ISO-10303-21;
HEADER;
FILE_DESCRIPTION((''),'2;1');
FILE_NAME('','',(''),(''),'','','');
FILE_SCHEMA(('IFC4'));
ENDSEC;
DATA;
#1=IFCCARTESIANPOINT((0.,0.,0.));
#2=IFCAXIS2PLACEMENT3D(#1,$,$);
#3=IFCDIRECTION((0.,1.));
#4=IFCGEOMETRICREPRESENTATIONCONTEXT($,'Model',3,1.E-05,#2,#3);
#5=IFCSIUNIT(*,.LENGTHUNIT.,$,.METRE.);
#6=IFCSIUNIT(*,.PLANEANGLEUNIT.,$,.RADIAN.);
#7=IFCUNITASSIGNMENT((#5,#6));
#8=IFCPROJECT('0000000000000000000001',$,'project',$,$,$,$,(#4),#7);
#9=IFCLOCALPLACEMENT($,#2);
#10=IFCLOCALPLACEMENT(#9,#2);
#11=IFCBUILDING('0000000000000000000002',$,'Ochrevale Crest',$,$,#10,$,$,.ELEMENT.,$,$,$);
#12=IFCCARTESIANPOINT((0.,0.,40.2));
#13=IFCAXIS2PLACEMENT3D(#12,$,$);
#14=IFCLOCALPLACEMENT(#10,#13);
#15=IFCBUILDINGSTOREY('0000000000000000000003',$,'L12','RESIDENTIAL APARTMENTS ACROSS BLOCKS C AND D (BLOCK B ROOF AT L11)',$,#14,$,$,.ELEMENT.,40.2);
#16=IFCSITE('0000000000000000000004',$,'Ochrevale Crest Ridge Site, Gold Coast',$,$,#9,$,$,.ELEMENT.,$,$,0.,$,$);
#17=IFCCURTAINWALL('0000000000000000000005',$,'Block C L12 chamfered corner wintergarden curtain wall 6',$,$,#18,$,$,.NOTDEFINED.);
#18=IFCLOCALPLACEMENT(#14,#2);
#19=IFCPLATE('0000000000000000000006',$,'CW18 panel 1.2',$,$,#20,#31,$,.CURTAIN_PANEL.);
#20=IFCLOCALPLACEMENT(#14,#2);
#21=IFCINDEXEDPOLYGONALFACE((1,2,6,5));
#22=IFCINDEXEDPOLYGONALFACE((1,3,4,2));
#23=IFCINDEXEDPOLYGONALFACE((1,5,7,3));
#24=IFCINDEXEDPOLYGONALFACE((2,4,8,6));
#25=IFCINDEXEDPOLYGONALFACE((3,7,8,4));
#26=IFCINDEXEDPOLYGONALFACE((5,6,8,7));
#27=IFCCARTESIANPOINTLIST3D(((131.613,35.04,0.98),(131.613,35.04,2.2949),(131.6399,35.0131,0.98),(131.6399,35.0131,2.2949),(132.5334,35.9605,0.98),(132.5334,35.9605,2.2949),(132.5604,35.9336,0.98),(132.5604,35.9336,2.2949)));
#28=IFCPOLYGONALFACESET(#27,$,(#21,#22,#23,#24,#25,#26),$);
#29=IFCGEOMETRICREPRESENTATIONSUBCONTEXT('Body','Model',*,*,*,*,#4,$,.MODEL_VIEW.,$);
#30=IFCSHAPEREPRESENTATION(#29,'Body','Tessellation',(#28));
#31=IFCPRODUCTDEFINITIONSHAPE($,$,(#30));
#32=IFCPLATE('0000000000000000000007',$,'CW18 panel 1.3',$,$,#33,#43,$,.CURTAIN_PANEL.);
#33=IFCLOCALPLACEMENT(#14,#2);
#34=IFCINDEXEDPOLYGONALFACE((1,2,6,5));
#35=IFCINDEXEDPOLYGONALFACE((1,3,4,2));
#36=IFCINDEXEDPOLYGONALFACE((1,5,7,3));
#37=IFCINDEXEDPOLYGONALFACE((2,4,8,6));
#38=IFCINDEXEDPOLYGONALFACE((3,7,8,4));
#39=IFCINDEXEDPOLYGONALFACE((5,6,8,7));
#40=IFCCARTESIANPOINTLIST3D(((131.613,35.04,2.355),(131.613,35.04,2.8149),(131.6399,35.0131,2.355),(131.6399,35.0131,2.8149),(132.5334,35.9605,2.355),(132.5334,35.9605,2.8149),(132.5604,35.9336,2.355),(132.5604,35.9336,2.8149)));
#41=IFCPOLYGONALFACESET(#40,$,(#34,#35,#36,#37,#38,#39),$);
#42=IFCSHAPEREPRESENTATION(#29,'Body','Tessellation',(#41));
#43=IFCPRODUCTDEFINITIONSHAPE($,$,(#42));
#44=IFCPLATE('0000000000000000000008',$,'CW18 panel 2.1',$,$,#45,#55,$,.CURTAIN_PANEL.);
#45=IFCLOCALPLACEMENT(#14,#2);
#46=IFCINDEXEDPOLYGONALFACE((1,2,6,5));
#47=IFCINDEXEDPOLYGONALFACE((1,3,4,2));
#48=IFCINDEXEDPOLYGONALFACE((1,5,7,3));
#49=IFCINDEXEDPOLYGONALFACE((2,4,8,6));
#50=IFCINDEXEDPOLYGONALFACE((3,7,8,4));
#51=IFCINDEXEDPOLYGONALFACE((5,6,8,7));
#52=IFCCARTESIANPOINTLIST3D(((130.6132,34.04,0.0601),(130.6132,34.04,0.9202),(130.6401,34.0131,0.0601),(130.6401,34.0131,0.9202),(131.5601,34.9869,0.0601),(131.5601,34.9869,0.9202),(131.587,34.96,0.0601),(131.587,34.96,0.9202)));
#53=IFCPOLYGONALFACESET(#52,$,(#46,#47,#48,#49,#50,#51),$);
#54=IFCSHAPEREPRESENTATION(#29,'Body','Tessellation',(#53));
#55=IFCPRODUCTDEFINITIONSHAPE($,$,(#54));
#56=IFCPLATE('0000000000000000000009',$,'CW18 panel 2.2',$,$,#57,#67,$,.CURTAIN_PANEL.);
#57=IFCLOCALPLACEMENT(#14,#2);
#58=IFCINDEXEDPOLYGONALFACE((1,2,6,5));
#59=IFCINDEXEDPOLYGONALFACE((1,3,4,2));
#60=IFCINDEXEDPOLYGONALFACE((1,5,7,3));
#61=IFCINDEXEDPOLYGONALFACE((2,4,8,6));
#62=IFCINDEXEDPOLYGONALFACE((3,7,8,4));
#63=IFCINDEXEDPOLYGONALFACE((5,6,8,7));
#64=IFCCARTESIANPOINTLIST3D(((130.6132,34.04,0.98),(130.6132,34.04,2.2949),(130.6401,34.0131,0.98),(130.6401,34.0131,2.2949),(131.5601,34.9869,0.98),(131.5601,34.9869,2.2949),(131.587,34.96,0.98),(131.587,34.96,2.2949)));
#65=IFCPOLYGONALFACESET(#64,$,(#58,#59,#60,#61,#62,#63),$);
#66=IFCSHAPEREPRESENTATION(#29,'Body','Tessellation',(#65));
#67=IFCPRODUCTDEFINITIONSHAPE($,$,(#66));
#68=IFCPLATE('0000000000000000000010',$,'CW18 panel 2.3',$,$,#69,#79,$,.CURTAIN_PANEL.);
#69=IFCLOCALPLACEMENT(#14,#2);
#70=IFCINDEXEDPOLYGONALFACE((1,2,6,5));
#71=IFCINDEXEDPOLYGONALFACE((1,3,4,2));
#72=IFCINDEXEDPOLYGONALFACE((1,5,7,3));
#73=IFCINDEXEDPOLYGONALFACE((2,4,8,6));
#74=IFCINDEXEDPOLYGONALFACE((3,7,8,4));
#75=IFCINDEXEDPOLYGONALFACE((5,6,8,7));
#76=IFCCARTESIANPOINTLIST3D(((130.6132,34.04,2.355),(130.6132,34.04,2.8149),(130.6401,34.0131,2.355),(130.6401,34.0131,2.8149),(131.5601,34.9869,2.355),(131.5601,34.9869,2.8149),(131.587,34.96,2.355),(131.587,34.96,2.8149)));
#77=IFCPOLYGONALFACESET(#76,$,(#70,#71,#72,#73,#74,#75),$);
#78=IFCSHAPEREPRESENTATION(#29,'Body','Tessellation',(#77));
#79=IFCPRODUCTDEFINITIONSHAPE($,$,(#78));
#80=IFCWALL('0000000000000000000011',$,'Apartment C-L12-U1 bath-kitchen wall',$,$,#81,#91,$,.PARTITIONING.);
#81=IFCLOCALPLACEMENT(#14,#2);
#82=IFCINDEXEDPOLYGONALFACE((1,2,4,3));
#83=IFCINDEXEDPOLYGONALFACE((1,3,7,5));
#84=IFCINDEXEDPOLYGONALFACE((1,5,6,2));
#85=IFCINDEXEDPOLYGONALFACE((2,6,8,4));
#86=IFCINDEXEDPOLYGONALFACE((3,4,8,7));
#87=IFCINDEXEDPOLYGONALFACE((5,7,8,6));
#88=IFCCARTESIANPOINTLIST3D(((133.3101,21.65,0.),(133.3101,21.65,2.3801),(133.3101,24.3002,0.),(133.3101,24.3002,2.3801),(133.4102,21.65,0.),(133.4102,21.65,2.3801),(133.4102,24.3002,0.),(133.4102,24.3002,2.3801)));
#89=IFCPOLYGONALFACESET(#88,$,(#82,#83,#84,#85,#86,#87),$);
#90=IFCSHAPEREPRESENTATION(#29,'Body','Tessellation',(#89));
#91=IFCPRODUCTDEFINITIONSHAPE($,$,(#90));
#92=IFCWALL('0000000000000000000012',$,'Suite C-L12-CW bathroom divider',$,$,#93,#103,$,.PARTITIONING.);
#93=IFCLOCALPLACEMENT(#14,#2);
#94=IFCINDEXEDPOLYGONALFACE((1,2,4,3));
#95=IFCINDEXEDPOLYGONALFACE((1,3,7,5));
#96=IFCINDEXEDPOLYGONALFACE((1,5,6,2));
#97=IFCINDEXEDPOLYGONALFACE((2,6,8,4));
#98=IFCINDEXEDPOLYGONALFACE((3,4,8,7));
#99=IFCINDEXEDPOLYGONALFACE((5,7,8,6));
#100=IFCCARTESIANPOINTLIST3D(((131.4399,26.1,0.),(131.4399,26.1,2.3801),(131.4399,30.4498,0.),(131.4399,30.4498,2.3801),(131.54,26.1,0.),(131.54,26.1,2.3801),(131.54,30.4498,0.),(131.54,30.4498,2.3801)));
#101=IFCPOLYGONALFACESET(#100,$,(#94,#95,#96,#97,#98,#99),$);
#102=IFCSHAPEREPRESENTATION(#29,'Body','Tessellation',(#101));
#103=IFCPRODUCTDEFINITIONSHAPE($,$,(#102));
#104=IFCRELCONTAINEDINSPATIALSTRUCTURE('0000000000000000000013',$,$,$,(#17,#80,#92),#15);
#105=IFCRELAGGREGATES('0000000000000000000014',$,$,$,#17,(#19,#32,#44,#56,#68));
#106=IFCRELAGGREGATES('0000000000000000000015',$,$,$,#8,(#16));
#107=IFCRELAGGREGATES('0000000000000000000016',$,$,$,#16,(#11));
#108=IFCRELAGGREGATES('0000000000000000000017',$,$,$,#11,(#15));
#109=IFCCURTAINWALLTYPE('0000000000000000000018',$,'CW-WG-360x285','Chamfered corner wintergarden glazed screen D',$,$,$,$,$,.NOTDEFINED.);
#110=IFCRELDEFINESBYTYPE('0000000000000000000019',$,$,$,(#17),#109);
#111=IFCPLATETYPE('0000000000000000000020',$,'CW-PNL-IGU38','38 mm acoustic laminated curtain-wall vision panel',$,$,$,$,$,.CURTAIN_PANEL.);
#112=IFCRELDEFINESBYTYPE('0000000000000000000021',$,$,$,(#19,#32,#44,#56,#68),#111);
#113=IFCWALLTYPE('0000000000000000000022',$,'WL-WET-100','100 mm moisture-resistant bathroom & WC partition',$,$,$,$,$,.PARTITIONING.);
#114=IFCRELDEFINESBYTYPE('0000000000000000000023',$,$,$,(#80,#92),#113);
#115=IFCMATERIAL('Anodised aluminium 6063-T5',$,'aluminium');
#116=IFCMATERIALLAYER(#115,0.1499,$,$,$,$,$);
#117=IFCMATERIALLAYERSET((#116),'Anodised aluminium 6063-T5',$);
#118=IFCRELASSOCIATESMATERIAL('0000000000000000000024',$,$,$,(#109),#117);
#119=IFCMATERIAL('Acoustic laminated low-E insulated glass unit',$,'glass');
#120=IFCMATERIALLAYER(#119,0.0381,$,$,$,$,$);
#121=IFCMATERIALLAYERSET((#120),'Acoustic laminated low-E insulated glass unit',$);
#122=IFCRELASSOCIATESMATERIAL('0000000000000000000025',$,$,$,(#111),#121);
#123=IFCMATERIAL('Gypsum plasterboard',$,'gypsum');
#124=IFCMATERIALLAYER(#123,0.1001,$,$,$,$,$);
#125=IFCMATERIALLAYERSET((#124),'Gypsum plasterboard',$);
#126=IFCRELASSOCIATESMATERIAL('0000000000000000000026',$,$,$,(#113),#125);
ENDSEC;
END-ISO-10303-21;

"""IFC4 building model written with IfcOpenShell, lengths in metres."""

from ifc_helpers import new_model, si_unit, direction, frame, frame_2d, origin, origin_2d, place, context, subcontext, project, spatial, rectangle, extrude, material, layer, layer_set, type_object, element, aggregate, save


model = new_model("IFC4")

# Units and contexts
model_context = context("Model", 3, precision=1e-05, world=origin(), true_north=direction((0.0, 1.0)))
body_context = subcontext(model_context, "Body", "Model", "MODEL_VIEW")
ifc_project = project(units=[si_unit("LENGTHUNIT", "METRE"), si_unit("PLANEANGLEUNIT", "RADIAN")], contexts=[model_context])

# Site, building, storey
site_placement = place(None, origin())
site = spatial("IfcSite", under=ifc_project, at=site_placement, Name="Ochrevale Crest Ridge Site, Gold Coast", CompositionType="ELEMENT", RefElevation=0.0)
building_placement = place(site_placement, origin())
building = spatial("IfcBuilding", under=site, at=building_placement, Name="Ochrevale Crest", CompositionType="ELEMENT")
storey_placement = place(building_placement, frame((0.0, 0.0, 40.2)))
storey = spatial("IfcBuildingStorey", under=building, at=storey_placement, Name="L12", Description="RESIDENTIAL APARTMENTS ACROSS BLOCKS C AND D (BLOCK B ROOF AT L11)", CompositionType="ELEMENT", Elevation=40.2)

# Curtain wall
ifc_material_1 = material(Name="Anodised aluminium 6063-T5", Category="aluminium")
ifc_layer_1 = layer(ifc_material_1, 0.1499)
ifc_layer_set_1 = layer_set([ifc_layer_1], Name="Anodised aluminium 6063-T5")
curtain_wall_type_1 = type_object("IfcCurtainWallType", Name="CW-WG-360x285", Description="Chamfered corner wintergarden glazed screen D", PredefinedType="NOTDEFINED", material=ifc_layer_set_1)
curtain_wall_1_placement = place(storey_placement, origin())
curtain_wall_1 = element("IfcCurtainWall", 1, at=curtain_wall_1_placement, inside=storey, type_object=curtain_wall_type_1, Name="Block C L12 chamfered corner wintergarden curtain wall 6", PredefinedType="NOTDEFINED")

# Plates
ifc_material_2 = material(Name="Acoustic laminated low-E insulated glass unit", Category="glass")
ifc_layer_2 = layer(ifc_material_2, 0.0381)
ifc_layer_set_2 = layer_set([ifc_layer_2], Name="Acoustic laminated low-E insulated glass unit")
plate_type = type_object("IfcPlateType", Name="CW-PNL-IGU38", Description="38 mm acoustic laminated curtain-wall vision panel", PredefinedType="CURTAIN_PANEL", material=ifc_layer_set_2)
plate_1_placement = place(storey_placement, frame((132.0867, 35.4868, 0.98), z_axis=(0.0, 0.0, 1.0), x_axis=(-0.707107, -0.707107, 0.0)))
plate_1 = element("IfcPlate", 2, at=plate_1_placement, type_object=plate_type, Name="CW18 panel 1.2", PredefinedType="CURTAIN_PANEL", context=body_context, shape_type="SweptSolid", body=[
    extrude(rectangle(XDim=1.3018, YDim=0.0381, at=origin_2d()), origin(), (0.0, 0.0, 1.0), 1.3149),
])
plate_2_placement = place(storey_placement, frame((132.0867, 35.4868, 2.355), z_axis=(0.0, 0.0, 1.0), x_axis=(-0.707107, -0.707107, 0.0)))
plate_2 = element("IfcPlate", 3, at=plate_2_placement, type_object=plate_type, Name="CW18 panel 1.3", PredefinedType="CURTAIN_PANEL", context=body_context, shape_type="SweptSolid", body=[
    extrude(rectangle(XDim=1.3018, YDim=0.0381, at=origin_2d()), origin(), (0.0, 0.0, 1.0), 0.46),
])
plate_3_placement = place(storey_placement, frame((131.1001, 34.5, 0.0601), z_axis=(0.0, 0.0, 1.0), x_axis=(-0.707107, -0.707107, 0.0)))
plate_3 = element("IfcPlate", 4, at=plate_3_placement, type_object=plate_type, Name="CW18 panel 2.1", PredefinedType="CURTAIN_PANEL", context=body_context, shape_type="SweptSolid", body=[
    extrude(rectangle(XDim=1.3391, YDim=0.0381, at=origin_2d()), origin(), (0.0, 0.0, 1.0), 0.8601),
])
plate_4_placement = place(storey_placement, frame((131.1001, 34.5, 0.98), z_axis=(0.0, 0.0, 1.0), x_axis=(-0.707107, -0.707107, 0.0)))
plate_4 = element("IfcPlate", 5, at=plate_4_placement, type_object=plate_type, Name="CW18 panel 2.2", PredefinedType="CURTAIN_PANEL", context=body_context, shape_type="SweptSolid", body=[
    extrude(rectangle(XDim=1.3391, YDim=0.0381, at=origin_2d()), origin(), (0.0, 0.0, 1.0), 1.3149),
])
plate_5_placement = place(storey_placement, frame((131.1001, 34.5, 2.355), z_axis=(0.0, 0.0, 1.0), x_axis=(-0.707107, -0.707107, 0.0)))
plate_5 = element("IfcPlate", 6, at=plate_5_placement, type_object=plate_type, Name="CW18 panel 2.3", PredefinedType="CURTAIN_PANEL", context=body_context, shape_type="SweptSolid", body=[
    extrude(rectangle(XDim=1.3391, YDim=0.0381, at=origin_2d()), origin(), (0.0, 0.0, 1.0), 0.46),
])
aggregate(curtain_wall_1, [plate_1, plate_2, plate_3, plate_4, plate_5])

# Walls
ifc_material_3 = material(Name="Gypsum plasterboard", Category="gypsum")
ifc_layer_3 = layer(ifc_material_3, 0.1001)
ifc_layer_set_3 = layer_set([ifc_layer_3], Name="Gypsum plasterboard")
wall_type = type_object("IfcWallType", Name="WL-WET-100", Description="100 mm moisture-resistant bathroom & WC partition", PredefinedType="PARTITIONING", material=ifc_layer_set_3)
wall_1_placement = place(storey_placement, frame((133.3601, 21.6499, 0.0), z_axis=(0.0, 0.0, 1.0), x_axis=(0.0, 1.0, 0.0)))
element("IfcWall", 7, at=wall_1_placement, inside=storey, type_object=wall_type, Name="Apartment C-L12-U1 bath-kitchen wall", PredefinedType="PARTITIONING", context=body_context, shape_type="SweptSolid", body=[
    extrude(rectangle(XDim=2.6501, YDim=0.1001, at=frame_2d((1.3252, 0.0))), origin(), (0.0, 0.0, 1.0), 2.3801),
])
wall_2_placement = place(storey_placement, frame((131.49, 26.1001, 0.0), z_axis=(0.0, 0.0, 1.0), x_axis=(0.0, 1.0, 0.0)))
element("IfcWall", 8, at=wall_2_placement, inside=storey, type_object=wall_type, Name="Suite C-L12-CW bathroom divider", PredefinedType="PARTITIONING", context=body_context, shape_type="SweptSolid", body=[
    extrude(rectangle(XDim=4.3499, YDim=0.1001, at=frame_2d((2.1748, 0.0))), origin(), (0.0, 0.0, 1.0), 2.3801),
])

save(model, "model.ifc")
